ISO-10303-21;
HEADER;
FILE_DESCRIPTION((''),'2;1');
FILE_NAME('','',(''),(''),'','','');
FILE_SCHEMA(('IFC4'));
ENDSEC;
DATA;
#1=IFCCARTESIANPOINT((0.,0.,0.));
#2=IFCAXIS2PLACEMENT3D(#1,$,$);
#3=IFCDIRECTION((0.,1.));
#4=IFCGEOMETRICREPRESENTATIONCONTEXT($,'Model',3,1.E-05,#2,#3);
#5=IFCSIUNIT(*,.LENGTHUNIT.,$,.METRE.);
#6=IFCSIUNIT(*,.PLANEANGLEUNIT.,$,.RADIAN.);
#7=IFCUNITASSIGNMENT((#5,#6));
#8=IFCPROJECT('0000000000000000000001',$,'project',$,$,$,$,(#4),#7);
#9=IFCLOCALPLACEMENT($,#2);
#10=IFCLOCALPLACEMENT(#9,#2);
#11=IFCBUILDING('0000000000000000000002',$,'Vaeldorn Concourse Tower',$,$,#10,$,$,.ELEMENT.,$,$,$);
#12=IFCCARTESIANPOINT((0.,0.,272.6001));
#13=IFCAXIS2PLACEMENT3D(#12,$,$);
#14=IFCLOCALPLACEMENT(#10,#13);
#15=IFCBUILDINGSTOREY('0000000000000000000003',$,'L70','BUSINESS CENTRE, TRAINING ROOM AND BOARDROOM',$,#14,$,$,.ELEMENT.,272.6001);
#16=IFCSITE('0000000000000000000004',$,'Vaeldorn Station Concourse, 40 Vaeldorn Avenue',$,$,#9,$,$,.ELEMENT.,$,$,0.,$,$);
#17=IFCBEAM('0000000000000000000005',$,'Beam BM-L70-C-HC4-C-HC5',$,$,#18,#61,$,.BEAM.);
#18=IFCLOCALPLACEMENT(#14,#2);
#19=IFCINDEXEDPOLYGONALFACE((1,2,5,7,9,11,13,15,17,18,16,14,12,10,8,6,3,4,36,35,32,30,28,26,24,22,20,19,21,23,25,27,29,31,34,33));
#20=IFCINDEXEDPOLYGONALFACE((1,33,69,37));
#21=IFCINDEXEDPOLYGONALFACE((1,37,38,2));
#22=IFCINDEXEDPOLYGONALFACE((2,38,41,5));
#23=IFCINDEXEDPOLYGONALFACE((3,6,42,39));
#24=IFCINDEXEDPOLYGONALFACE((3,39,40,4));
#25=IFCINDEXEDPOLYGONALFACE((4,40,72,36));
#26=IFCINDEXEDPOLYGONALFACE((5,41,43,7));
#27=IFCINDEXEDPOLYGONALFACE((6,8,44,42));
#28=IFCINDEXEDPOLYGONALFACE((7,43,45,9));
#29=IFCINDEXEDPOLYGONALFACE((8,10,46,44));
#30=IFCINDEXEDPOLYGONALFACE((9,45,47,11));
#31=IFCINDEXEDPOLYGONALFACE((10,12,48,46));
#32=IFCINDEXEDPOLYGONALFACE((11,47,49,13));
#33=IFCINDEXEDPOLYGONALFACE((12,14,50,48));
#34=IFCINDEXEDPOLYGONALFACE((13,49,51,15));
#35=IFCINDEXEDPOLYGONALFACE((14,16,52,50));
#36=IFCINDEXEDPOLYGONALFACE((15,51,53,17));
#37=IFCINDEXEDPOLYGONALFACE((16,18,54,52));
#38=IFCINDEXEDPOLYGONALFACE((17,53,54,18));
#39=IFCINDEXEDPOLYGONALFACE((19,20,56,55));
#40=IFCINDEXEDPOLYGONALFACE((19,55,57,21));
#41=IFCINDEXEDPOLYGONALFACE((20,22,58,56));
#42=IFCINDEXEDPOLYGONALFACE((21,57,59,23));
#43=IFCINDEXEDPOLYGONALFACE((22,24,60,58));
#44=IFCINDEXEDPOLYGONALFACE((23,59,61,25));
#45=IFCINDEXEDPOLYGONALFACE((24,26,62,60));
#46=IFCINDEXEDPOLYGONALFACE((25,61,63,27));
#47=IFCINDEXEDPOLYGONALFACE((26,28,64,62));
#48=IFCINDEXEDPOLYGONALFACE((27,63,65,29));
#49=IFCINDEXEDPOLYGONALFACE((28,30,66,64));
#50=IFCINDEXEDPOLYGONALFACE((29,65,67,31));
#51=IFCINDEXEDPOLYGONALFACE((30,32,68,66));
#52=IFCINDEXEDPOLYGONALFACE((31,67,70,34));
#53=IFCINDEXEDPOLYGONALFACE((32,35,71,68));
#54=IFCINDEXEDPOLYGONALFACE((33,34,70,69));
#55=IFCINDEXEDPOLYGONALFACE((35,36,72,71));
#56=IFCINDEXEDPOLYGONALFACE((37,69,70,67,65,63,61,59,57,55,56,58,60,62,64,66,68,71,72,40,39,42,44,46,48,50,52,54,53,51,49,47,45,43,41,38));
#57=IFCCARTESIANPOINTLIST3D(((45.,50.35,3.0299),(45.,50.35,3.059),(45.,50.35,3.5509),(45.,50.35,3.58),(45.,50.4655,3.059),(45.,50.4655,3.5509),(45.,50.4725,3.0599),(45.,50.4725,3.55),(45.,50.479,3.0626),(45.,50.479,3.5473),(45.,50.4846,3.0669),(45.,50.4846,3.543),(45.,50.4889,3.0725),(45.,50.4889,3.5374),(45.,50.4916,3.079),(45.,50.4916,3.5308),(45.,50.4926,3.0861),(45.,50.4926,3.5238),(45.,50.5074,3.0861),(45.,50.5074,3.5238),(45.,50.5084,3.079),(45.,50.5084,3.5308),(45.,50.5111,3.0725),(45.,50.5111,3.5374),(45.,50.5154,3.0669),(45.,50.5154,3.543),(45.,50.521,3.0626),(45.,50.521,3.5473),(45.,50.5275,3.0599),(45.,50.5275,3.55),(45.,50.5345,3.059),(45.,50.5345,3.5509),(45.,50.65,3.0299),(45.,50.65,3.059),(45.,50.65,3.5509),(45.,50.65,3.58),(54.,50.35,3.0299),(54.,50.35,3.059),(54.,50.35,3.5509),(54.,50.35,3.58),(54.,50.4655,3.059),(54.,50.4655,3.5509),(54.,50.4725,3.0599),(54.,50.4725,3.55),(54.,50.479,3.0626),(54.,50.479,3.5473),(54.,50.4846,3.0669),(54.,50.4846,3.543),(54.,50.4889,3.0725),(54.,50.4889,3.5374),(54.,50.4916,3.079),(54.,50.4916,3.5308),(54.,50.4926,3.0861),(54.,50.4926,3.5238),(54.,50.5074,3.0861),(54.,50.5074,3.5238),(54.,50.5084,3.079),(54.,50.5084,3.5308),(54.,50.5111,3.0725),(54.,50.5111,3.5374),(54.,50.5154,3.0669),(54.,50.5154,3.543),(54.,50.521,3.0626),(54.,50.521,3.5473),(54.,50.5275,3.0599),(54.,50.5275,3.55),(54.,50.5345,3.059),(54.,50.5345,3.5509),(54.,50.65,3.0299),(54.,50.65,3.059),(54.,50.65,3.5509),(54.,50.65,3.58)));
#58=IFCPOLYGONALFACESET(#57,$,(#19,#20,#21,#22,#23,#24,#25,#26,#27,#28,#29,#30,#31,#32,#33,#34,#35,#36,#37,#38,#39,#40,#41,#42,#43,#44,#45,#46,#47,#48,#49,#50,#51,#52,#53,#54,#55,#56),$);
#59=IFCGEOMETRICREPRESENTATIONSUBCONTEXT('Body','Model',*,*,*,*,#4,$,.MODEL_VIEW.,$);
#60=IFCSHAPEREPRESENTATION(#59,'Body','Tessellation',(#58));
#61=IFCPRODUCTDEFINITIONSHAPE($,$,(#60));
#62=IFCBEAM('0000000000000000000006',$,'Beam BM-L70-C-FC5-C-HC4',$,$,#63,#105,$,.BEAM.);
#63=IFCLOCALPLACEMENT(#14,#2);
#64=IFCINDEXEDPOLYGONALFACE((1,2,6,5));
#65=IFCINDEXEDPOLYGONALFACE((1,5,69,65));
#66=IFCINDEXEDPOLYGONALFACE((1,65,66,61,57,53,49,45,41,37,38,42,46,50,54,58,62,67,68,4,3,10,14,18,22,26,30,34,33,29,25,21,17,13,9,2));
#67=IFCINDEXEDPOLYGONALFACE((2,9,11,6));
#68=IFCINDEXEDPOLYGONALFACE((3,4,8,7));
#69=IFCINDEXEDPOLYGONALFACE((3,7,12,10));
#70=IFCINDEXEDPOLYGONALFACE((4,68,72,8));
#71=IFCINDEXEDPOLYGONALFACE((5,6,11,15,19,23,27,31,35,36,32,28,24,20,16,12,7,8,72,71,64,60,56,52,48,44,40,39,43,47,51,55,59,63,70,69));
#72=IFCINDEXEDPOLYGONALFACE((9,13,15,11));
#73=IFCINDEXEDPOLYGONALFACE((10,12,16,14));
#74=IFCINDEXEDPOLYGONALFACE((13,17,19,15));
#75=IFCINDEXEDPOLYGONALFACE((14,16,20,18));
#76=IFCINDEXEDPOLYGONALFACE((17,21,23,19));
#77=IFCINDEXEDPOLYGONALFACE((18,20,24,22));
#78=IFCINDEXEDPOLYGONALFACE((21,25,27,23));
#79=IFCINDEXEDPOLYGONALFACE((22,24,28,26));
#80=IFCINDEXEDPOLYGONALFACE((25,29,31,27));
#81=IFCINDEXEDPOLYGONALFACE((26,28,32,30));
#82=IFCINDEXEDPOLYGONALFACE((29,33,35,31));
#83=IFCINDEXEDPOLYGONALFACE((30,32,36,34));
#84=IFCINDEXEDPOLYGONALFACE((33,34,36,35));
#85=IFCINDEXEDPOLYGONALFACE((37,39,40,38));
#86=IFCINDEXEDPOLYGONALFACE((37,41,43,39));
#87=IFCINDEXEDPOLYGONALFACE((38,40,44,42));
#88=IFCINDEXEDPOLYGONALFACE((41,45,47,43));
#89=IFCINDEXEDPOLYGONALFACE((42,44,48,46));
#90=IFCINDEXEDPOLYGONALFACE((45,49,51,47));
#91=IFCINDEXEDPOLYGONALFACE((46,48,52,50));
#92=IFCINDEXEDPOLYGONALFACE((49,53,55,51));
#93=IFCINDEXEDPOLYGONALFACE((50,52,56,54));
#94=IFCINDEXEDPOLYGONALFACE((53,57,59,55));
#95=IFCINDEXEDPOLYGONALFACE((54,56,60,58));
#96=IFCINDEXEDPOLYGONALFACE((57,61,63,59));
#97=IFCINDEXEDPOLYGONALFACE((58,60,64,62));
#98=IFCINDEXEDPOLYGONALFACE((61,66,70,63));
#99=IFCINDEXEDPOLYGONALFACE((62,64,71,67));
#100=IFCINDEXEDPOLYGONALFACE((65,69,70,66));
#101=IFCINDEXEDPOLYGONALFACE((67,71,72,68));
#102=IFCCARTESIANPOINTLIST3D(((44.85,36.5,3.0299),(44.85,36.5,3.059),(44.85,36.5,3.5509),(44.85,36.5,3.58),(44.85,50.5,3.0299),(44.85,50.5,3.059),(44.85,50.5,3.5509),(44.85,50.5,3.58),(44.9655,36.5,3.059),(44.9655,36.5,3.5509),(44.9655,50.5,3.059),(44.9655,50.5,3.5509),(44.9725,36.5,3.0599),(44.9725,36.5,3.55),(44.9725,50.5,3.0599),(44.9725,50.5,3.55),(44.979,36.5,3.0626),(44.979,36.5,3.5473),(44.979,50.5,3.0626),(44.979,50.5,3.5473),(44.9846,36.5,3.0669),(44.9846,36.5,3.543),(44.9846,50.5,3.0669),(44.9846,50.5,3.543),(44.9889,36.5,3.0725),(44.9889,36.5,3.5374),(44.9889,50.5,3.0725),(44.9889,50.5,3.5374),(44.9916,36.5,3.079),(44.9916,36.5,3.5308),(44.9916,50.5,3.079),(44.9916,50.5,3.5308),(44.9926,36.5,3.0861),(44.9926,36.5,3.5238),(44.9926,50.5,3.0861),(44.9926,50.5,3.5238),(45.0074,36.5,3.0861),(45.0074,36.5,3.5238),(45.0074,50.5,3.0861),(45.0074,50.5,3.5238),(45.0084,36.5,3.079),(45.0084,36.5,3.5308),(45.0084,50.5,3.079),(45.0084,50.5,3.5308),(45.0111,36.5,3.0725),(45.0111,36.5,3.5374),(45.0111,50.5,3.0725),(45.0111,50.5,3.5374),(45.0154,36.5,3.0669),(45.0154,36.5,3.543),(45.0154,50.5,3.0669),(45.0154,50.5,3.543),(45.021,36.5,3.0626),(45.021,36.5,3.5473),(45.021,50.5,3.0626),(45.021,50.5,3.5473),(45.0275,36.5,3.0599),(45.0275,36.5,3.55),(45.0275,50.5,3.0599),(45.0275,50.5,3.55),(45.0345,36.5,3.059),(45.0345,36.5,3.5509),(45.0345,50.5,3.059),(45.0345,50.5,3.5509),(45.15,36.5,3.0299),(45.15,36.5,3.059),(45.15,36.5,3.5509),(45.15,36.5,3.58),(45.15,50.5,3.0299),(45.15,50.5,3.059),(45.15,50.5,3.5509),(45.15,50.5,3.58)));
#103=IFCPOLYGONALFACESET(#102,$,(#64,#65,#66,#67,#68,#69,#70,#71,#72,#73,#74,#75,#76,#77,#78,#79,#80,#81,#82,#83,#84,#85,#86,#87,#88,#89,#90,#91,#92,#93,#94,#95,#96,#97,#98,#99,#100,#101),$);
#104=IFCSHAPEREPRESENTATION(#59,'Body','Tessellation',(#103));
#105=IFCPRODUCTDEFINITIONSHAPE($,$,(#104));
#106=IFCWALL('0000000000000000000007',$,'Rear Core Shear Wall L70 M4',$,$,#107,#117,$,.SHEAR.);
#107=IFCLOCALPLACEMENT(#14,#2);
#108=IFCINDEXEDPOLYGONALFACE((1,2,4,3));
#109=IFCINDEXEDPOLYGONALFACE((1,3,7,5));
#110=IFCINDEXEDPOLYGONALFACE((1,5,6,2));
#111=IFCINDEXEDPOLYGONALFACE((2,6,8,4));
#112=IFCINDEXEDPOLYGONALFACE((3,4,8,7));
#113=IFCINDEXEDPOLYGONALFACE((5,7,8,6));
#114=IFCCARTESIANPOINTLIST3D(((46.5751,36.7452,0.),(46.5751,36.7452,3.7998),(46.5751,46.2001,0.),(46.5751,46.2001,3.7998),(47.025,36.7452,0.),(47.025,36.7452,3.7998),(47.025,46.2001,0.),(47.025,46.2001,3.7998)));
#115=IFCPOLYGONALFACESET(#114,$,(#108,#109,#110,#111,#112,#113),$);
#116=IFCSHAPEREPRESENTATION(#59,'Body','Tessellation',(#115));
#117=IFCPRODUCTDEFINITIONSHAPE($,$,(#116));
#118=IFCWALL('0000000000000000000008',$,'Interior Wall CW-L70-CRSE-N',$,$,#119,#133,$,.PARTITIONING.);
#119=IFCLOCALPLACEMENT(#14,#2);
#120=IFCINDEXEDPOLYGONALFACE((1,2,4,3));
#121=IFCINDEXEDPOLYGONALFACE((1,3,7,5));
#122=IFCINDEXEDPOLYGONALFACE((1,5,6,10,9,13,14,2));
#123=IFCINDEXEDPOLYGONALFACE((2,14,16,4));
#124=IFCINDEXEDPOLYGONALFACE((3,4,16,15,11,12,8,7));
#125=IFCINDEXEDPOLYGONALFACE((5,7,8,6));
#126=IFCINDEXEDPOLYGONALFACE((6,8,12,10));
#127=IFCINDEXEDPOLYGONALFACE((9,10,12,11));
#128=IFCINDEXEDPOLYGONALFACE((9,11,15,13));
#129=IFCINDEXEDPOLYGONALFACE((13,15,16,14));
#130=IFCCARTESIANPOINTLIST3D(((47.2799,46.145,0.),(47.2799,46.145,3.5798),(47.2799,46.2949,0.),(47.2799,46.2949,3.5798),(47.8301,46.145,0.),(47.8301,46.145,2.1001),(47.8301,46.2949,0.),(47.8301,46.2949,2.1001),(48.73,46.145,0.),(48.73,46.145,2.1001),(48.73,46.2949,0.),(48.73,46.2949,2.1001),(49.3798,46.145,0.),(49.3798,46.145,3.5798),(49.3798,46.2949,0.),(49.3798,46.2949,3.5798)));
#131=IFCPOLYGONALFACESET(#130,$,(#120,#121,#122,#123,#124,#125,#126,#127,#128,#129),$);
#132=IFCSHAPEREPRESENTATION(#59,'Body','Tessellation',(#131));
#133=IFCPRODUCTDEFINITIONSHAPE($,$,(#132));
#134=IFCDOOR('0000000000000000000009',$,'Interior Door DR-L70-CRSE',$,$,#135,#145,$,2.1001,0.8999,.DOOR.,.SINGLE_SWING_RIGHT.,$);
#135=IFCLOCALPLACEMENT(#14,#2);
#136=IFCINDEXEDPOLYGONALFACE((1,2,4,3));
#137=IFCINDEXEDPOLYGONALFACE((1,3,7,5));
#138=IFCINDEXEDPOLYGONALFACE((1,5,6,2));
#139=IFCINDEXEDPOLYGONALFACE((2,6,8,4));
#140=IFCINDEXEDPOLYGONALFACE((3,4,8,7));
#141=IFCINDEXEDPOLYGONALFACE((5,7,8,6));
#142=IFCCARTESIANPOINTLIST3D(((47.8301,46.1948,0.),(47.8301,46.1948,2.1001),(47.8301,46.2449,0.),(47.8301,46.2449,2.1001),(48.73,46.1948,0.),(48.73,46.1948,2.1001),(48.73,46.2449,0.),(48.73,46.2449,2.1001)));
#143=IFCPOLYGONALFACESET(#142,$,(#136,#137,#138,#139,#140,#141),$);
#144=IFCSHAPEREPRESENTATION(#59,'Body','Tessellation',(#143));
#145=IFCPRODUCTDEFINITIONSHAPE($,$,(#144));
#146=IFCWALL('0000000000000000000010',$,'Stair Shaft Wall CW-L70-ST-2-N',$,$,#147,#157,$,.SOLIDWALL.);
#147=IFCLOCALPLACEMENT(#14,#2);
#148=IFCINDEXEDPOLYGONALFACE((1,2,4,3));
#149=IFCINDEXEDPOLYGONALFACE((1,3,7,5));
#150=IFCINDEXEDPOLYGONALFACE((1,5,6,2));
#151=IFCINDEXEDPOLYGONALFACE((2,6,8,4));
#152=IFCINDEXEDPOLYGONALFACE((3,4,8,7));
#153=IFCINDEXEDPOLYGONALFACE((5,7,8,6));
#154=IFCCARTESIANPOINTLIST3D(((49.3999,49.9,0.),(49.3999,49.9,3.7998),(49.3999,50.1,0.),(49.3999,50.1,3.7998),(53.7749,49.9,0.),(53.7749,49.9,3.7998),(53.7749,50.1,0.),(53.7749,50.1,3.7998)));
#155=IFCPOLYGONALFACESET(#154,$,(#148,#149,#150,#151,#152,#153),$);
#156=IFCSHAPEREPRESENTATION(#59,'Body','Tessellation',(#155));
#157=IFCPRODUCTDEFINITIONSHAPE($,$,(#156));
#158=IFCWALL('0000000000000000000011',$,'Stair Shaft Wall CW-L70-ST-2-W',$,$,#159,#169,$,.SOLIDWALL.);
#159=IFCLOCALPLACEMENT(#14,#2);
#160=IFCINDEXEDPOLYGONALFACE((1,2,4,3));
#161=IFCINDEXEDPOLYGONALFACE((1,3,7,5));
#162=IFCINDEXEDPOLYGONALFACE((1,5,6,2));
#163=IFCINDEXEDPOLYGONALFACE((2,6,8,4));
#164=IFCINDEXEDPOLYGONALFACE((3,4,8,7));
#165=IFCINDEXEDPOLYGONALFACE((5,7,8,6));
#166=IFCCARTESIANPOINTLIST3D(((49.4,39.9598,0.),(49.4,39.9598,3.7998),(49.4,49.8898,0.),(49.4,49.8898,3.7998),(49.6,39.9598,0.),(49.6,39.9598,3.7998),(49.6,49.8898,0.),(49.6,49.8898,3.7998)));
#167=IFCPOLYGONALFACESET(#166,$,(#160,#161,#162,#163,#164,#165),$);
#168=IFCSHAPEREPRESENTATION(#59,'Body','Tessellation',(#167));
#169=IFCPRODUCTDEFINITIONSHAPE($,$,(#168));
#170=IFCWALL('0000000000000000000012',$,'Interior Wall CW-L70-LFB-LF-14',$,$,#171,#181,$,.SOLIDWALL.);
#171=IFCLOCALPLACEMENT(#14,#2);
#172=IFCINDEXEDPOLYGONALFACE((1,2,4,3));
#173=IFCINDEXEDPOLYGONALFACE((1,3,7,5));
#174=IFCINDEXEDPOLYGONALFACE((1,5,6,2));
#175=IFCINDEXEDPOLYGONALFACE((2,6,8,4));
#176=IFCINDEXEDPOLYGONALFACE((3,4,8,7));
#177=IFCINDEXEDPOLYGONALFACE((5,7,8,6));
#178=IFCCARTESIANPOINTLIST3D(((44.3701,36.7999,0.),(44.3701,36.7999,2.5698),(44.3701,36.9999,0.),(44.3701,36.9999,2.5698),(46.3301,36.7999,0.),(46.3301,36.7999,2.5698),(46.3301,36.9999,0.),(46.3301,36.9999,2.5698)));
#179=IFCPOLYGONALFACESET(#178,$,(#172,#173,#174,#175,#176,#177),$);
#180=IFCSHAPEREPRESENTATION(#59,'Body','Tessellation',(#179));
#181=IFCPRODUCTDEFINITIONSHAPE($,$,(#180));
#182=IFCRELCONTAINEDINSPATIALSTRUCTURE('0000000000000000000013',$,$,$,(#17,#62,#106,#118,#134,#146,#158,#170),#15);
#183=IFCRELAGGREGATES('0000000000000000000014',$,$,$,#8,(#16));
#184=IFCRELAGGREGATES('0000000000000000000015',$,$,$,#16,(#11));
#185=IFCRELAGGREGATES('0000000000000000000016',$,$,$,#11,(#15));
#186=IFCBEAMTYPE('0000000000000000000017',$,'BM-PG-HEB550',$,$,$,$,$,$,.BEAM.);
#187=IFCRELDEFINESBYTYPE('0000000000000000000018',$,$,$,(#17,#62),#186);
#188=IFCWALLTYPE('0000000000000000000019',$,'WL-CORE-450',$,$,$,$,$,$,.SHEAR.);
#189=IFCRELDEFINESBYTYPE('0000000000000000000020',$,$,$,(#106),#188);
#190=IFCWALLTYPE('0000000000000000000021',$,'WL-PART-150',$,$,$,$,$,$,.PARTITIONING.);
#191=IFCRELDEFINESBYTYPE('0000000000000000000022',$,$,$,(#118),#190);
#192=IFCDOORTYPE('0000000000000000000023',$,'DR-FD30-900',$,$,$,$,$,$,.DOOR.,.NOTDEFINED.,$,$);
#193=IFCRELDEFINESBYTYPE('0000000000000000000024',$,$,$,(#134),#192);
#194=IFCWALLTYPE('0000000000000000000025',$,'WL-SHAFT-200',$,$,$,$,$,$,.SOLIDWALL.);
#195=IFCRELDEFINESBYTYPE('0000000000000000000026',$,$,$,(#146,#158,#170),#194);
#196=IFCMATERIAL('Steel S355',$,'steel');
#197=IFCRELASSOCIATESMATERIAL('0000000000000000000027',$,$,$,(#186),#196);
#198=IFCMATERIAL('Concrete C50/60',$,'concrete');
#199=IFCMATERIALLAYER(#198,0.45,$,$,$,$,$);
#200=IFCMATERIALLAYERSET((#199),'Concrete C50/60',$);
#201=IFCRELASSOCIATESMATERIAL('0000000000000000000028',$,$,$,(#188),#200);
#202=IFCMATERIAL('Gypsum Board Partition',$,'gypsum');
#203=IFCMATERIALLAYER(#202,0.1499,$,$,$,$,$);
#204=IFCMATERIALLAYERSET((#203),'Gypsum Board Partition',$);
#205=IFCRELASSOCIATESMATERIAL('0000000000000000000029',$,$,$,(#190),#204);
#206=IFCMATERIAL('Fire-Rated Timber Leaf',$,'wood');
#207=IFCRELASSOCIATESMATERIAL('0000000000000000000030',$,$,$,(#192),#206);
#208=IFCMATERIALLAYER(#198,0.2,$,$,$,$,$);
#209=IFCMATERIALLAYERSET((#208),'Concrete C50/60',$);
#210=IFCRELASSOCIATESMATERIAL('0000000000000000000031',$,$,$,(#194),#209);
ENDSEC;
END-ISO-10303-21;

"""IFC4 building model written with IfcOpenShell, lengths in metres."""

from ifc_helpers import new_model, si_unit, direction, frame, frame_2d, origin, origin_2d, place, context, subcontext, project, spatial, rectangle, i_section, extrude, source, transform, mapped, material, layer, layer_set, material_profile, profile_set, type_object, element, fill, save


model = new_model("IFC4")

# Units and contexts
model_context = context("Model", 3, precision=1e-05, world=origin(), true_north=direction((0.0, 1.0)))
body_context = subcontext(model_context, "Body", "Model", "MODEL_VIEW")
ifc_project = project(units=[si_unit("LENGTHUNIT", "METRE"), si_unit("PLANEANGLEUNIT", "RADIAN")], contexts=[model_context])

# Site, building, storey
site_placement = place(None, origin())
site = spatial("IfcSite", under=ifc_project, at=site_placement, Name="Vaeldorn Station Concourse, 40 Vaeldorn Avenue", CompositionType="ELEMENT", RefElevation=0.0)
building_placement = place(site_placement, origin())
building = spatial("IfcBuilding", under=site, at=building_placement, Name="Vaeldorn Concourse Tower", CompositionType="ELEMENT")
storey_placement = place(building_placement, frame((0.0, 0.0, 272.6001)))
storey = spatial("IfcBuildingStorey", under=building, at=storey_placement, Name="L70", Description="BUSINESS CENTRE, TRAINING ROOM AND BOARDROOM", CompositionType="ELEMENT", Elevation=272.6001)

# Shared definitions
ifc_material_1 = material(Name="Steel S355", Category="steel")

# Beams
ifc_material_2 = material(Name="Concrete C50/60", Category="concrete")
ifc_material_profile_1 = material_profile(ifc_material_1, i_section(OverallWidth=0.3, OverallDepth=0.55, WebThickness=0.0149, FlangeThickness=0.0291, FilletRadius=0.0271, at=origin_2d()), Name="HEB 550")
ifc_profile_set_1 = profile_set([ifc_material_profile_1], Name="Steel S355")
beam_type_1 = type_object("IfcBeamType", Name="BM-PG-HEB550", PredefinedType="BEAM", material=ifc_profile_set_1)
shared_shape_1 = source(origin(), body_context, "Body", "SweptSolid", [
    extrude(i_section(OverallWidth=0.3, OverallDepth=0.55, WebThickness=0.0149, FlangeThickness=0.0291, FilletRadius=0.0271, at=origin_2d()), origin(), (0.0, 0.0, 1.0), 9.0),
])
beam_1_placement = place(storey_placement, frame((45.0, 50.5, 3.3049), z_axis=(1.0, 0.0, 0.0), x_axis=(0.0, 1.0, 0.0)))
element("IfcBeam", 1, at=beam_1_placement, inside=storey, type_object=beam_type_1, Name="Beam BM-L70-C-HC4-C-HC5", PredefinedType="BEAM", context=body_context, shape_type="MappedRepresentation", body=[
    mapped(shared_shape_1, transform((0.0, 0.0, 0.0), scale=1.0)),
])
shared_shape_2 = source(origin(), body_context, "Body", "SweptSolid", [
    extrude(i_section(OverallWidth=0.3, OverallDepth=0.55, WebThickness=0.0149, FlangeThickness=0.0291, FilletRadius=0.0271, at=origin_2d()), origin(), (0.0, 0.0, 1.0), 14.0),
])
beam_2_placement = place(storey_placement, frame((45.0, 36.5, 3.3049), z_axis=(0.0, 1.0, 0.0), x_axis=(-1.0, 0.0, 0.0)))
element("IfcBeam", 2, at=beam_2_placement, inside=storey, type_object=beam_type_1, Name="Beam BM-L70-C-FC5-C-HC4", PredefinedType="BEAM", context=body_context, shape_type="MappedRepresentation", body=[
    mapped(shared_shape_2, transform((0.0, 0.0, 0.0), scale=1.0)),
])

# Wall
ifc_layer_1 = layer(ifc_material_2, 0.45)
ifc_layer_set_1 = layer_set([ifc_layer_1], Name="Concrete C50/60")
wall_type_1 = type_object("IfcWallType", Name="WL-CORE-450", PredefinedType="SHEAR", material=ifc_layer_set_1)
wall_1_placement = place(storey_placement, frame((46.8, 36.7451, 0.0), z_axis=(0.0, 0.0, 1.0), x_axis=(0.0, 1.0, 0.0)))
element("IfcWall", 3, at=wall_1_placement, inside=storey, type_object=wall_type_1, Name="Rear Core Shear Wall L70 M4", PredefinedType="SHEAR", context=body_context, shape_type="SweptSolid", body=[
    extrude(rectangle(XDim=9.4548, YDim=0.45, at=frame_2d((4.7275, 0.0))), origin(), (0.0, 0.0, 1.0), 3.7998),
])

# Wall, opening, door
ifc_material_3 = material(Name="Gypsum Board Partition", Category="gypsum")
ifc_layer_2 = layer(ifc_material_3, 0.1499)
ifc_layer_set_2 = layer_set([ifc_layer_2], Name="Gypsum Board Partition")
wall_type_2 = type_object("IfcWallType", Name="WL-PART-150", PredefinedType="PARTITIONING", material=ifc_layer_set_2)
wall_2_placement = place(storey_placement, frame((47.28, 46.22, 0.0), z_axis=(0.0, 0.0, 1.0), x_axis=(1.0, 0.0, 0.0)))
wall_2 = element("IfcWall", 4, at=wall_2_placement, inside=storey, type_object=wall_type_2, Name="Interior Wall CW-L70-CRSE-N", PredefinedType="PARTITIONING", context=body_context, shape_type="SweptSolid", body=[
    extrude(rectangle(XDim=2.0999, YDim=0.1499, at=frame_2d((1.0498, 0.0))), origin(), (0.0, 0.0, 1.0), 3.5798),
])
opening_1_placement = place(wall_2_placement, frame((0.55, 0.0, 0.0)))
opening_1 = element("IfcOpeningElement", 5, at=opening_1_placement, cuts=wall_2, PredefinedType="OPENING", context=body_context, shape_type="SweptSolid", body=[
    extrude(rectangle(XDim=0.8999, YDim=2.1001, at=frame_2d((0.45, 1.05))), frame((0.0, 0.085, 0.0), z_axis=(0.0, -1.0, 0.0), x_axis=(1.0, 0.0, 0.0)), (0.0, 0.0, 1.0), 0.1699),
])
ifc_material_4 = material(Name="Fire-Rated Timber Leaf", Category="wood")
door_type_1 = type_object("IfcDoorType", Name="DR-FD30-900", OperationType="NOTDEFINED", PredefinedType="DOOR", material=ifc_material_4)
shared_shape_3 = source(origin(), body_context, "Body", "SweptSolid", [
    extrude(rectangle(XDim=0.8999, YDim=2.1001, at=frame_2d((0.45, 1.05))), frame((0.0, 0.0249, 0.0), z_axis=(0.0, -1.0, 0.0), x_axis=(1.0, 0.0, 0.0)), (0.0, 0.0, 1.0), 0.05),
])
door_1_placement = place(opening_1_placement, origin())
door_1 = element("IfcDoor", 6, at=door_1_placement, inside=storey, type_object=door_type_1, Name="Interior Door DR-L70-CRSE", OperationType="SINGLE_SWING_RIGHT", OverallHeight=2.1001, OverallWidth=0.8999, PredefinedType="DOOR", context=body_context, shape_type="MappedRepresentation", body=[
    mapped(shared_shape_3, transform((0.0, 0.0, 0.0), scale=1.0)),
])
fill(opening_1, door_1)
ifc_layer_3 = layer(ifc_material_2, 0.2)
ifc_layer_set_3 = layer_set([ifc_layer_3], Name="Concrete C50/60")
wall_type_3 = type_object("IfcWallType", Name="WL-SHAFT-200", PredefinedType="SOLIDWALL", material=ifc_layer_set_3)

# Walls
wall_3_placement = place(storey_placement, frame((49.3999, 50.0, 0.0), z_axis=(0.0, 0.0, 1.0), x_axis=(1.0, 0.0, 0.0)))
element("IfcWall", 7, at=wall_3_placement, inside=storey, type_object=wall_type_3, Name="Stair Shaft Wall CW-L70-ST-2-N", PredefinedType="SOLIDWALL", context=body_context, shape_type="SweptSolid", body=[
    extrude(rectangle(XDim=4.375, YDim=0.2, at=frame_2d((2.1875, 0.0))), origin(), (0.0, 0.0, 1.0), 3.7998),
])
wall_4_placement = place(storey_placement, frame((49.5, 39.96, 0.0), z_axis=(0.0, 0.0, 1.0), x_axis=(0.0, 1.0, 0.0)))
element("IfcWall", 8, at=wall_4_placement, inside=storey, type_object=wall_type_3, Name="Stair Shaft Wall CW-L70-ST-2-W", PredefinedType="SOLIDWALL", context=body_context, shape_type="SweptSolid", body=[
    extrude(rectangle(XDim=9.9299, YDim=0.2, at=frame_2d((4.9648, 0.0))), origin(), (0.0, 0.0, 1.0), 3.7998),
])

# Wall
wall_5_placement = place(storey_placement, frame((44.3701, 36.8999, 0.0), z_axis=(0.0, 0.0, 1.0), x_axis=(1.0, 0.0, 0.0)))
element("IfcWall", 9, at=wall_5_placement, inside=storey, type_object=wall_type_3, Name="Interior Wall CW-L70-LFB-LF-14", PredefinedType="SOLIDWALL", context=body_context, shape_type="SweptSolid", body=[
    extrude(rectangle(XDim=1.96, YDim=0.2, at=frame_2d((0.98, 0.0))), origin(), (0.0, 0.0, 1.0), 2.5698),
])

save(model, "model.ifc")
